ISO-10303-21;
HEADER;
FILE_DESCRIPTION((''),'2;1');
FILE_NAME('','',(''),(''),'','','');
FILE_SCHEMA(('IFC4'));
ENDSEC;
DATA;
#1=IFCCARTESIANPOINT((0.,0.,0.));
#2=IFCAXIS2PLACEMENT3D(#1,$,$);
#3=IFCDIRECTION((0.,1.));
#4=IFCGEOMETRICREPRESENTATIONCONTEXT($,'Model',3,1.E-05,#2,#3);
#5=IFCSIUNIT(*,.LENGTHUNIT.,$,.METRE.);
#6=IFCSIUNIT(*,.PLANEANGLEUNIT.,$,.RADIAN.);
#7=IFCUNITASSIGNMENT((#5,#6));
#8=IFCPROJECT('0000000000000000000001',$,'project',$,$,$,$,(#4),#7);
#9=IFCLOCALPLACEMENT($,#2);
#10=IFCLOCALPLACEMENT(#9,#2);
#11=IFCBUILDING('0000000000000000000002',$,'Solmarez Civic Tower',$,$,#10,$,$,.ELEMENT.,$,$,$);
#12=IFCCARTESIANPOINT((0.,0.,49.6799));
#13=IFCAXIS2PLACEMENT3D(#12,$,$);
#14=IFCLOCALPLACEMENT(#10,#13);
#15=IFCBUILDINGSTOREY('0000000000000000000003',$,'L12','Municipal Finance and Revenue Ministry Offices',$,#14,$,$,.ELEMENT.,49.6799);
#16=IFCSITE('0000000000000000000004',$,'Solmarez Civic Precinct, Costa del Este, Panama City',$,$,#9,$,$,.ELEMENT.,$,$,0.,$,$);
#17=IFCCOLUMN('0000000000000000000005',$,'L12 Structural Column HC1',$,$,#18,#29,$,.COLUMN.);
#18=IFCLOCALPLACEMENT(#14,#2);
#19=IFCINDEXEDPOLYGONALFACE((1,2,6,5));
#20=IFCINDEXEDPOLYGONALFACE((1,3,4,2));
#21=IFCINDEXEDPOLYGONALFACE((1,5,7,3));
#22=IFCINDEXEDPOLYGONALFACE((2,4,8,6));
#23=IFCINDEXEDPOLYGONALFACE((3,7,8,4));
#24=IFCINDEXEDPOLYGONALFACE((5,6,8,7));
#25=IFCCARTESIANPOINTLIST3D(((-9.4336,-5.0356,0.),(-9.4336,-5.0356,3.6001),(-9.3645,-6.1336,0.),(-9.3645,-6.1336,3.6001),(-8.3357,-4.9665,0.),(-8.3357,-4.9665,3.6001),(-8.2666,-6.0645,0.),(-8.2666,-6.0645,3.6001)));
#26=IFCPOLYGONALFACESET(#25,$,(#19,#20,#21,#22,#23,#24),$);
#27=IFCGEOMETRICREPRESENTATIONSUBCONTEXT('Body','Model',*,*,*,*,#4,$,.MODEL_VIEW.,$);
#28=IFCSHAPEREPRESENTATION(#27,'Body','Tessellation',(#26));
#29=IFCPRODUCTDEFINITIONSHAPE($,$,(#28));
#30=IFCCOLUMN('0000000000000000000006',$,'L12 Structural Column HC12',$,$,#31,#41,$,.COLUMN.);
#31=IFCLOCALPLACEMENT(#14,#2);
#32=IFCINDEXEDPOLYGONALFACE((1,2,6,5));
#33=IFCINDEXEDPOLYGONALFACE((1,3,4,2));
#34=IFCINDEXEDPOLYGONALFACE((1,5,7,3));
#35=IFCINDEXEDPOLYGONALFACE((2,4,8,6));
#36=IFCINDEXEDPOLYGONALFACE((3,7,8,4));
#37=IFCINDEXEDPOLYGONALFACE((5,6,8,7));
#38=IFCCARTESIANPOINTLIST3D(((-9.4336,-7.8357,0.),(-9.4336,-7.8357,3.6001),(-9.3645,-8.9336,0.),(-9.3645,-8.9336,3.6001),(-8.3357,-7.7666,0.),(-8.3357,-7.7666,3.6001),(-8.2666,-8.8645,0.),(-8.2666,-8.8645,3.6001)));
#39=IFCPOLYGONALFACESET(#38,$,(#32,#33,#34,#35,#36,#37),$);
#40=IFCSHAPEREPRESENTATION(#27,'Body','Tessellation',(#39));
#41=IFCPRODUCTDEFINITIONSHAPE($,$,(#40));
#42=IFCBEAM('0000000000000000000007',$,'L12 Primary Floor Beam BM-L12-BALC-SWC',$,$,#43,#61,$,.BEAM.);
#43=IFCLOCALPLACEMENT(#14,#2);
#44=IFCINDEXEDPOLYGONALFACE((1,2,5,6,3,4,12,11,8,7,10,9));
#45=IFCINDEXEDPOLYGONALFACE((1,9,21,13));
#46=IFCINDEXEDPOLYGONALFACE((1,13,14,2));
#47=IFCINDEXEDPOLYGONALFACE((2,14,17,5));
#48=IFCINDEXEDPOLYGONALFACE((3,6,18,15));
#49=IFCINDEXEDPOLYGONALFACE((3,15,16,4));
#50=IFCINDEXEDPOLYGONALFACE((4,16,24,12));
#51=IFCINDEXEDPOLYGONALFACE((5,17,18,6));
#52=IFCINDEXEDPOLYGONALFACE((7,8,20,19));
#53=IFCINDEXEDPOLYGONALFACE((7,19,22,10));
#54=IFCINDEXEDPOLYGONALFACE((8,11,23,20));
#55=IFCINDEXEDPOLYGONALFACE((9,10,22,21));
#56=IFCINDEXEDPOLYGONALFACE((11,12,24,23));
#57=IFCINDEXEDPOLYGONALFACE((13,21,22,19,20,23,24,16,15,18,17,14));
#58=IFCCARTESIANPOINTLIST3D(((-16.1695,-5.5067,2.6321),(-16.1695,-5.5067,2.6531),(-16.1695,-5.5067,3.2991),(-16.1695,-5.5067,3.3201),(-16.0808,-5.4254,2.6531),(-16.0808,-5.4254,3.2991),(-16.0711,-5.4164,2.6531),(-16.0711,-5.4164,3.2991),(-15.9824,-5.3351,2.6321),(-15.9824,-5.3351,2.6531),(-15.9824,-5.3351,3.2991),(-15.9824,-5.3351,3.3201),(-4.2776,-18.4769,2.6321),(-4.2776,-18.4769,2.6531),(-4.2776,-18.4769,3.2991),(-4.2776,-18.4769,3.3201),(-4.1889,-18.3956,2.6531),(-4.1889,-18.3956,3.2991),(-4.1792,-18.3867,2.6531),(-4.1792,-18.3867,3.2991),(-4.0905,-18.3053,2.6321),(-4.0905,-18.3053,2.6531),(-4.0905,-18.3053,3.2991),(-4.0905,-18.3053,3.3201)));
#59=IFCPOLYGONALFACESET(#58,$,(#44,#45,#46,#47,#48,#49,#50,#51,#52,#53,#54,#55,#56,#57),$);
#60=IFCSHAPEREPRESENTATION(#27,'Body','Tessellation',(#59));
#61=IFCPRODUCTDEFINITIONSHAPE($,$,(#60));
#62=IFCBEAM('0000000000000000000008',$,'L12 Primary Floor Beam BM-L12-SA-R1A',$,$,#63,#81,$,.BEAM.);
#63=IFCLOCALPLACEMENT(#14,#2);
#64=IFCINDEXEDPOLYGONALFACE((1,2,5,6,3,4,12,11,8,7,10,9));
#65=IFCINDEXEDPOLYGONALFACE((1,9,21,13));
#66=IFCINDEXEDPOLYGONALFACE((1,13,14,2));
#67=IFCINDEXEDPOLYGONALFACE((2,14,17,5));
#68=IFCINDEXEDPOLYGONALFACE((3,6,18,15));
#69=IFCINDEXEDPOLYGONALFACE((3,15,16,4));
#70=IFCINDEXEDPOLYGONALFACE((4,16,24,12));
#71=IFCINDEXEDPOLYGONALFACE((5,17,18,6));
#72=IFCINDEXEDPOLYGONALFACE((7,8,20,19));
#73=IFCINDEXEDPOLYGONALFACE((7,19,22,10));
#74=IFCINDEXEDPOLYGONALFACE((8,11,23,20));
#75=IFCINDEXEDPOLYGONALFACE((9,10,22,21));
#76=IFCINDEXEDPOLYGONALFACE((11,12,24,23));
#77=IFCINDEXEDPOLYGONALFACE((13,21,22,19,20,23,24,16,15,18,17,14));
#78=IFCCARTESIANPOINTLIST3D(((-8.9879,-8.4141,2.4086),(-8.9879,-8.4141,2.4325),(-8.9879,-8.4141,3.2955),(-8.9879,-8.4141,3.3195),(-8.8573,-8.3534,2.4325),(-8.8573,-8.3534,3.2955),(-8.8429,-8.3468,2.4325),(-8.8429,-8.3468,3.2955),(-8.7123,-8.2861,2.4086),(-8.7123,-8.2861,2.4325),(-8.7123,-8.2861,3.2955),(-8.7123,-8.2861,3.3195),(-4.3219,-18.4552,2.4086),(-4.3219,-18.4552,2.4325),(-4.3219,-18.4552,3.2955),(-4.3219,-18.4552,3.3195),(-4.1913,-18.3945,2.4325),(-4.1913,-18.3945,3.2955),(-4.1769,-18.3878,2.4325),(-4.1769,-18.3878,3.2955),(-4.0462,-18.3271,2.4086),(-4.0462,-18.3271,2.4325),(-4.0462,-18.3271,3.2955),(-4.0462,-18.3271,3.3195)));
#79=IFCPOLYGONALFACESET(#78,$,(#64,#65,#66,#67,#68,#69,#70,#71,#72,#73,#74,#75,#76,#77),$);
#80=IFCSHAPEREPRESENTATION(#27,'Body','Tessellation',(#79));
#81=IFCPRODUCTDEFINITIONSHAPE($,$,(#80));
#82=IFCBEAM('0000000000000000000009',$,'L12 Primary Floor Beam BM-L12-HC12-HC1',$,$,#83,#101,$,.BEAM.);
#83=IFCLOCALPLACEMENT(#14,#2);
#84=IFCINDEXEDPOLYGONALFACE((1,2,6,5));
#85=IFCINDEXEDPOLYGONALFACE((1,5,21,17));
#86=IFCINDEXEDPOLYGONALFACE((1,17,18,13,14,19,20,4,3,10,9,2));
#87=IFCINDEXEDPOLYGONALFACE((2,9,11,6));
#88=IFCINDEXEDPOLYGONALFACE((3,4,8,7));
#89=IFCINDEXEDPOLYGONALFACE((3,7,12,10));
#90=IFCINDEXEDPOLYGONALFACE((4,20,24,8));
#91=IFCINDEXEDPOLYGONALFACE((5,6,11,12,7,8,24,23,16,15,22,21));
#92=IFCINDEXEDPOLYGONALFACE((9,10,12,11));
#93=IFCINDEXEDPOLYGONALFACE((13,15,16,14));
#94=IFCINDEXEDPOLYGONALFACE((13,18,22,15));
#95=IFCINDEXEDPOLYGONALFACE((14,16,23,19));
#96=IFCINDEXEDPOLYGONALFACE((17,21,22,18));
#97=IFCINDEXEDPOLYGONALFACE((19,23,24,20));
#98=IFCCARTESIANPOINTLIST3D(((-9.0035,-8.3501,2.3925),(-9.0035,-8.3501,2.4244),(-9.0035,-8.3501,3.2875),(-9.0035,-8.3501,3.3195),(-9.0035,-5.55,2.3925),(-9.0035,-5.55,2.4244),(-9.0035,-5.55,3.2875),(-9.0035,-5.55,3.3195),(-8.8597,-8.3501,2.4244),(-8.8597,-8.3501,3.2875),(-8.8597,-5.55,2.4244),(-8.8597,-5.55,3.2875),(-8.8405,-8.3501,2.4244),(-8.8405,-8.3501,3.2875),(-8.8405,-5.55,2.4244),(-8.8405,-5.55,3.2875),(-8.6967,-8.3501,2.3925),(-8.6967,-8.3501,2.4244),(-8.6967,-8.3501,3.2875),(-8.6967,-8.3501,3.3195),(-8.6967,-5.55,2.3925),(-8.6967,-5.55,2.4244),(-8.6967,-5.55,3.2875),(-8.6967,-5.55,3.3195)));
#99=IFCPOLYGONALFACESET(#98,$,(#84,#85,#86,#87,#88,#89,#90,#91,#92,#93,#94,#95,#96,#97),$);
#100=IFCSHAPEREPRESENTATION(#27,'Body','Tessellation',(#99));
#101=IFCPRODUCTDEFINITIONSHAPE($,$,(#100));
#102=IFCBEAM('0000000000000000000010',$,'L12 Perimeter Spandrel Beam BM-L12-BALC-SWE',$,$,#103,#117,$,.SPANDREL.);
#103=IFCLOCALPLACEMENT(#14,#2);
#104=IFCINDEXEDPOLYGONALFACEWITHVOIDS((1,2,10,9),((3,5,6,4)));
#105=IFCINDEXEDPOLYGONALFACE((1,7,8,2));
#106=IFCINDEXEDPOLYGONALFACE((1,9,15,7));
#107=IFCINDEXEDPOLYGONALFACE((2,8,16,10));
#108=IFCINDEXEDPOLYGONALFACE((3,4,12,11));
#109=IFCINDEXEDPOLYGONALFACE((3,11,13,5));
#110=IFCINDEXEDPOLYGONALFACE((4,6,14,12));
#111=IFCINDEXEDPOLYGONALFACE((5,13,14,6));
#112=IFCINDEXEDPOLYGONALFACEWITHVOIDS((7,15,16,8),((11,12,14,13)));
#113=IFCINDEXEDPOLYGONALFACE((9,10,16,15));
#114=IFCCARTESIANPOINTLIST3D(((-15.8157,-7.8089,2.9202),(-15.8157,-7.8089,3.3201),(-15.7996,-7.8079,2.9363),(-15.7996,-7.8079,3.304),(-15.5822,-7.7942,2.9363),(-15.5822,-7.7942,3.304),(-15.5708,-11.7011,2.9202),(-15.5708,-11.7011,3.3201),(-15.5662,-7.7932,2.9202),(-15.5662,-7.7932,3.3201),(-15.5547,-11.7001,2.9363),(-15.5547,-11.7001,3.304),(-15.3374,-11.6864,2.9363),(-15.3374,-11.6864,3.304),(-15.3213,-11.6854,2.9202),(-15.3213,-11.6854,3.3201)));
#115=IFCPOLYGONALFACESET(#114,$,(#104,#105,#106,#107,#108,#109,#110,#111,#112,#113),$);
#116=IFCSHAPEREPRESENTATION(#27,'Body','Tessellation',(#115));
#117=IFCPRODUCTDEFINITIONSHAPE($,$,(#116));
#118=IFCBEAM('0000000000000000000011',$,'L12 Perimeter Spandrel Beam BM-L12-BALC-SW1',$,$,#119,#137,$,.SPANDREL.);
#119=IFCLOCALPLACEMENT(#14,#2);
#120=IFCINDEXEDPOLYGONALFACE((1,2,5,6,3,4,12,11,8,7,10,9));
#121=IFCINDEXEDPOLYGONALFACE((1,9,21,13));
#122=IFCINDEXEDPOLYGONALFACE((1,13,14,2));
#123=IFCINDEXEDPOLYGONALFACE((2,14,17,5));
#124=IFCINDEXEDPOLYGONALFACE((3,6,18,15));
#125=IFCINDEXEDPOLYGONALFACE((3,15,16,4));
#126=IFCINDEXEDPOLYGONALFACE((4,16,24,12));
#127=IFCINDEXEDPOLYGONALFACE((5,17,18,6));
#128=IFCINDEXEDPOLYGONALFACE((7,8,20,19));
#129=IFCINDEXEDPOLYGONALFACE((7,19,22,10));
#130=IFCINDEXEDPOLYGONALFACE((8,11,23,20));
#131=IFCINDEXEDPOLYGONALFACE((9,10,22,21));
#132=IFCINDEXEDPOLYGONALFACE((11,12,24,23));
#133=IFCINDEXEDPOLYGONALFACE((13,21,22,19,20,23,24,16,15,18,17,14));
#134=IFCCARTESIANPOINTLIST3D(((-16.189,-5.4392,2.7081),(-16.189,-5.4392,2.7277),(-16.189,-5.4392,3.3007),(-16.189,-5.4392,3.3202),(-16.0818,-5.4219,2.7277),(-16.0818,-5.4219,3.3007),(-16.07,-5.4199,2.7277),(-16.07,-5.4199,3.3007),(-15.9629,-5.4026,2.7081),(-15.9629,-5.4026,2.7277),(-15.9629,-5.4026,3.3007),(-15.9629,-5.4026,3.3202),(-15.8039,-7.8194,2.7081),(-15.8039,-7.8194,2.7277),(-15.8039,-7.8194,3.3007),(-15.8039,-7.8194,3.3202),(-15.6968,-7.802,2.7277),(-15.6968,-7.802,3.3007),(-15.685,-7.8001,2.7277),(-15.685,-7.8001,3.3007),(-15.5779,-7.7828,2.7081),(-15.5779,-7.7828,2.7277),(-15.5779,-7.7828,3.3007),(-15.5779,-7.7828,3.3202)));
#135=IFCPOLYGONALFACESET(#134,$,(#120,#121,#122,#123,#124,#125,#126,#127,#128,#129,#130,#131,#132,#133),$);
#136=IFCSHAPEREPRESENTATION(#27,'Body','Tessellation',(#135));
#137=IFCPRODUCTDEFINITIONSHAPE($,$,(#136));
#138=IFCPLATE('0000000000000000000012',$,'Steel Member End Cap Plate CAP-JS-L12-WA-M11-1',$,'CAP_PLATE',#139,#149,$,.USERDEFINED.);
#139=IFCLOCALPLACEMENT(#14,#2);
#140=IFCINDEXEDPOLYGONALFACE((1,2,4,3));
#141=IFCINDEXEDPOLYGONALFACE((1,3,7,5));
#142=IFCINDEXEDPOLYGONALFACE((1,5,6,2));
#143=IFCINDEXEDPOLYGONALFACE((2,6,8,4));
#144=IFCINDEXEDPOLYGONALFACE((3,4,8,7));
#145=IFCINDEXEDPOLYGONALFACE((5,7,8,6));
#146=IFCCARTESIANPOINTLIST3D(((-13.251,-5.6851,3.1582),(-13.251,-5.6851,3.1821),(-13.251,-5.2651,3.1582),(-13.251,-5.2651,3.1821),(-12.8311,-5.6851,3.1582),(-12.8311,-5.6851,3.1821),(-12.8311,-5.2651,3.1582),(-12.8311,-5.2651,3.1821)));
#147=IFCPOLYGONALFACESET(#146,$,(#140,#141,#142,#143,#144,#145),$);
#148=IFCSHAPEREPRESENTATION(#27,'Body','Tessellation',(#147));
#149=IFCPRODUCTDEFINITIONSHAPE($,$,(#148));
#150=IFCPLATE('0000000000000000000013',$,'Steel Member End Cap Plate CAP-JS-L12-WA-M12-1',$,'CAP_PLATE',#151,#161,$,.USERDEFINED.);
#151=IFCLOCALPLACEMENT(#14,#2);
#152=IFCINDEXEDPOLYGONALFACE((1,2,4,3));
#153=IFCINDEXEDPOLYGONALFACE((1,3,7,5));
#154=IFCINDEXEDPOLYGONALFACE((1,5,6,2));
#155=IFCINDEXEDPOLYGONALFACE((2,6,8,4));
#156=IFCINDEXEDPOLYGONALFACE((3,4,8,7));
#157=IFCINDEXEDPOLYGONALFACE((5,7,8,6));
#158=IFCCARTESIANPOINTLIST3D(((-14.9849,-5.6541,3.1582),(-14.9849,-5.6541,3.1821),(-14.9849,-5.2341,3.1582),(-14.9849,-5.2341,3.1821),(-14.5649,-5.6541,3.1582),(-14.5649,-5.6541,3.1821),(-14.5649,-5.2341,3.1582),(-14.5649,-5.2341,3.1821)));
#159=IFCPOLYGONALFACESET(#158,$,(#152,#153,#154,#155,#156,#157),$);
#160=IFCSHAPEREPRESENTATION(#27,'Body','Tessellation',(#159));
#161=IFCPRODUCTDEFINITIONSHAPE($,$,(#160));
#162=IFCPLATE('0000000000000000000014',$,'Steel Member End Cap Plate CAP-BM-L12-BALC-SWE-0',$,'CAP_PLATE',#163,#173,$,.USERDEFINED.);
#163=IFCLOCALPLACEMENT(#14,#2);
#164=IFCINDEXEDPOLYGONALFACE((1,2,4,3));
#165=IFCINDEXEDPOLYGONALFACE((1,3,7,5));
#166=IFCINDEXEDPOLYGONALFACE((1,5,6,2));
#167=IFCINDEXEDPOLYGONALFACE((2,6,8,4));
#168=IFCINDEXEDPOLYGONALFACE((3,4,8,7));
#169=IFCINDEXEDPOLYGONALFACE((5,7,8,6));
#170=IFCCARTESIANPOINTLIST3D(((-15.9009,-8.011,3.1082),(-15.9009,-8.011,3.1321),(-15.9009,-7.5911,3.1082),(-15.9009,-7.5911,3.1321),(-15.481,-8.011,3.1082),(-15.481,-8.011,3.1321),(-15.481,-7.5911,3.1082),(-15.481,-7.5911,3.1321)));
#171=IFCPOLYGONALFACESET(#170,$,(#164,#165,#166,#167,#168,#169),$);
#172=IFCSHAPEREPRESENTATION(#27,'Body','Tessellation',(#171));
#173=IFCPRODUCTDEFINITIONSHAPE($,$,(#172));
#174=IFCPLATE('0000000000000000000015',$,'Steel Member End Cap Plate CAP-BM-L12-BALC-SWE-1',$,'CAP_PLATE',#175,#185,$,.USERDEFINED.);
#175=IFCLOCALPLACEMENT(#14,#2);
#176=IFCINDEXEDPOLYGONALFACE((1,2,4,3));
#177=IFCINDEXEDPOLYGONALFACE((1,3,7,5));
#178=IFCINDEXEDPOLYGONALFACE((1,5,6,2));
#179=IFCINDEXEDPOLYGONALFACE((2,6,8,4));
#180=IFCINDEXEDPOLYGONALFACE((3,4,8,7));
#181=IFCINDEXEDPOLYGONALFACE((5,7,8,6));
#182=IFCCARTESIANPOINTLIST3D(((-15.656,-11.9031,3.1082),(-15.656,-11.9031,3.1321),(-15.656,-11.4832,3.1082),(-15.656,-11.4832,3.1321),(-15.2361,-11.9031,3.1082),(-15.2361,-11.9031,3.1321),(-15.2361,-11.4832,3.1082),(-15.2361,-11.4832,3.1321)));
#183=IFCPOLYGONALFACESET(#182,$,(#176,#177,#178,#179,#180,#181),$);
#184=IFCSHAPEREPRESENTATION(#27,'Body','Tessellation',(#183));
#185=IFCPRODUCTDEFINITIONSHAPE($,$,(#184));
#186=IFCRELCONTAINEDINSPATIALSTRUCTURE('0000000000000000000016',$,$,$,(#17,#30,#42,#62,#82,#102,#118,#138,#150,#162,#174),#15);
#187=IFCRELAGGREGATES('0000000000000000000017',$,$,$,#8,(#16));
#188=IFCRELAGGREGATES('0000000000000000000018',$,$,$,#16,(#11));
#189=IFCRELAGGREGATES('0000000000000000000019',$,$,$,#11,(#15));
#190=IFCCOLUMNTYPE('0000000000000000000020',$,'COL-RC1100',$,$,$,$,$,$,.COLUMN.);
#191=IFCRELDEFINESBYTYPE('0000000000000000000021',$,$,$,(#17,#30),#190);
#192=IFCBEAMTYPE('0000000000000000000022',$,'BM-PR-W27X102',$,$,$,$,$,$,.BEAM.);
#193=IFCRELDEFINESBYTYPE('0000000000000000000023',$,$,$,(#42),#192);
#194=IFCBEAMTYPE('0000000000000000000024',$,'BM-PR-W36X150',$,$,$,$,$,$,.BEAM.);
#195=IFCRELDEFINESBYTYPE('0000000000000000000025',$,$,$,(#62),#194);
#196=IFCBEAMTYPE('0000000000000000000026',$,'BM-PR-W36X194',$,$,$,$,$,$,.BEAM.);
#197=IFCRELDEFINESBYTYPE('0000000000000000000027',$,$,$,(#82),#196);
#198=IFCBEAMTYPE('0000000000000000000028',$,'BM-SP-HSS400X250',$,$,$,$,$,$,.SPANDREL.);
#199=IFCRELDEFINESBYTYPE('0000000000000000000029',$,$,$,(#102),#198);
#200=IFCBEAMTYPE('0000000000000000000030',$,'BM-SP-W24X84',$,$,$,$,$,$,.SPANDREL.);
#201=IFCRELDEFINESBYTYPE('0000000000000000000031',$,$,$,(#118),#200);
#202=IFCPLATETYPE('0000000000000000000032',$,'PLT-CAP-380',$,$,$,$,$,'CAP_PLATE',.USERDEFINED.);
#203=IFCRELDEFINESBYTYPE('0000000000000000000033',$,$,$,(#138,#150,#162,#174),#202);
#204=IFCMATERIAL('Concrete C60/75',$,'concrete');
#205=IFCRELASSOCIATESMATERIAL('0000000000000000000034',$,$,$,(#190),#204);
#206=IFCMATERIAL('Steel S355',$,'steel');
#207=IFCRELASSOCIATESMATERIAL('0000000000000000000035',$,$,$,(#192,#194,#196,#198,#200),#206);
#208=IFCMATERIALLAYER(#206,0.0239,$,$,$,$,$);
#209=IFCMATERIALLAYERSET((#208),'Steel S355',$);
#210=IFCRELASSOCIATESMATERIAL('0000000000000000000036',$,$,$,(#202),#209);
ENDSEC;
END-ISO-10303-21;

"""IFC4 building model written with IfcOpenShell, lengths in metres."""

from ifc_helpers import new_model, si_unit, direction, frame, origin, origin_2d, place, context, subcontext, project, spatial, rectangle, hollow_rectangle, i_section, extrude, material, layer, layer_set, material_profile, profile_set, type_object, element, save


model = new_model("IFC4")

# Units and contexts
model_context = context("Model", 3, precision=1e-05, world=origin(), true_north=direction((0.0, 1.0)))
body_context = subcontext(model_context, "Body", "Model", "MODEL_VIEW")
ifc_project = project(units=[si_unit("LENGTHUNIT", "METRE"), si_unit("PLANEANGLEUNIT", "RADIAN")], contexts=[model_context])

# Site, building, storey
site_placement = place(None, origin())
site = spatial("IfcSite", under=ifc_project, at=site_placement, Name="Solmarez Civic Precinct, Costa del Este, Panama City", CompositionType="ELEMENT", RefElevation=0.0)
building_placement = place(site_placement, origin())
building = spatial("IfcBuilding", under=site, at=building_placement, Name="Solmarez Civic Tower", CompositionType="ELEMENT")
storey_placement = place(building_placement, frame((0.0, 0.0, 49.6799)))
storey = spatial("IfcBuildingStorey", under=building, at=storey_placement, Name="L12", Description="Municipal Finance and Revenue Ministry Offices", CompositionType="ELEMENT", Elevation=49.6799)

# Columns
ifc_material_1 = material(Name="Concrete C60/75", Category="concrete")
ifc_material_profile_1 = material_profile(ifc_material_1, rectangle(XDim=1.1001, YDim=1.1001, at=origin_2d()), Name="RC1100X1100")
ifc_profile_set_1 = profile_set([ifc_material_profile_1], Name="Concrete C60/75")
column_type = type_object("IfcColumnType", Name="COL-RC1100", PredefinedType="COLUMN", material=ifc_profile_set_1)
for number, where, z_axis, x_axis, name in (
    (1, (-8.8501, -5.55, 0.0), (0.0, 0.0, 1.0), (0.998027, 0.062791, 0.0), "L12 Structural Column HC1"),
    (2, (-8.8501, -8.3501, 0.0), (0.0, 0.0, 1.0), (0.998027, 0.062791, 0.0), "L12 Structural Column HC12"),
):
    element("IfcColumn", number, at=place(storey_placement, frame(where, z_axis=z_axis, x_axis=x_axis)), inside=storey, type_object=column_type, Name=name, PredefinedType="COLUMN", context=body_context, shape_type="SweptSolid", body=[
        extrude(rectangle(XDim=1.1001, YDim=1.1001, at=origin_2d()), origin(), (0.0, 0.0, 1.0), 3.6001),
    ])

# Beams
ifc_material_2 = material(Name="Steel S355", Category="steel")
ifc_material_profile_2 = material_profile(ifc_material_2, i_section(OverallWidth=0.2539, OverallDepth=0.688, WebThickness=0.0132, FlangeThickness=0.021, at=origin_2d()), Name="W27X102")
ifc_profile_set_2 = profile_set([ifc_material_profile_2], Name="Steel S355")
beam_type_1 = type_object("IfcBeamType", Name="BM-PR-W27X102", PredefinedType="BEAM", material=ifc_profile_set_2)
beam_1_placement = place(storey_placement, frame((-16.0759, -5.4209, 2.9761), z_axis=(0.675801, -0.737084, 0.0), x_axis=(0.737084, 0.675801, 0.0)))
element("IfcBeam", 3, at=beam_1_placement, inside=storey, type_object=beam_type_1, Name="L12 Primary Floor Beam BM-L12-BALC-SWC", PredefinedType="BEAM", context=body_context, shape_type="SweptSolid", body=[
    extrude(i_section(OverallWidth=0.2539, OverallDepth=0.688, WebThickness=0.0132, FlangeThickness=0.021, at=origin_2d()), origin(), (0.0, 0.0, 1.0), 17.5967),
])
ifc_material_profile_3 = material_profile(ifc_material_2, i_section(OverallWidth=0.304, OverallDepth=0.9109, WebThickness=0.0159, FlangeThickness=0.0239, at=origin_2d()), Name="W36X150")
ifc_profile_set_3 = profile_set([ifc_material_profile_3], Name="Steel S355")
beam_type_2 = type_object("IfcBeamType", Name="BM-PR-W36X150", PredefinedType="BEAM", material=ifc_profile_set_3)
beam_2_placement = place(storey_placement, frame((-8.8501, -8.3501, 2.864), z_axis=(0.421417, -0.906867, 0.0), x_axis=(0.906867, 0.421417, 0.0)))
element("IfcBeam", 4, at=beam_2_placement, inside=storey, type_object=beam_type_2, Name="L12 Primary Floor Beam BM-L12-SA-R1A", PredefinedType="BEAM", context=body_context, shape_type="SweptSolid", body=[
    extrude(i_section(OverallWidth=0.304, OverallDepth=0.9109, WebThickness=0.0159, FlangeThickness=0.0239, at=origin_2d()), origin(), (0.0, 0.0, 1.0), 11.0723),
])
ifc_material_profile_4 = material_profile(ifc_material_2, i_section(OverallWidth=0.3069, OverallDepth=0.927, WebThickness=0.0193, FlangeThickness=0.032, at=origin_2d()), Name="W36X194")
ifc_profile_set_4 = profile_set([ifc_material_profile_4], Name="Steel S355")
beam_type_3 = type_object("IfcBeamType", Name="BM-PR-W36X194", PredefinedType="BEAM", material=ifc_profile_set_4)
beam_3_placement = place(storey_placement, frame((-8.8501, -8.3501, 2.856), z_axis=(0.0, 1.0, 0.0), x_axis=(-1.0, 0.0, 0.0)))
element("IfcBeam", 5, at=beam_3_placement, inside=storey, type_object=beam_type_3, Name="L12 Primary Floor Beam BM-L12-HC12-HC1", PredefinedType="BEAM", context=body_context, shape_type="SweptSolid", body=[
    extrude(i_section(OverallWidth=0.3069, OverallDepth=0.927, WebThickness=0.0193, FlangeThickness=0.032, at=origin_2d()), origin(), (0.0, 0.0, 1.0), 2.8),
])
ifc_material_profile_5 = material_profile(ifc_material_2, hollow_rectangle(XDim=0.25, YDim=0.3999, WallThickness=0.0161, at=origin_2d()), Name="HSS400X250X16")
ifc_profile_set_5 = profile_set([ifc_material_profile_5], Name="Steel S355")
beam_type_4 = type_object("IfcBeamType", Name="BM-SP-HSS400X250", PredefinedType="SPANDREL", material=ifc_profile_set_5)
beam_4_placement = place(storey_placement, frame((-15.6909, -7.801, 3.1201), z_axis=(0.062791, -0.998027, 0.0), x_axis=(0.998027, 0.062791, 0.0)))
element("IfcBeam", 6, at=beam_4_placement, inside=storey, type_object=beam_type_4, Name="L12 Perimeter Spandrel Beam BM-L12-BALC-SWE", PredefinedType="SPANDREL", context=body_context, shape_type="SweptSolid", body=[
    extrude(hollow_rectangle(XDim=0.25, YDim=0.3999, WallThickness=0.0161, at=origin_2d()), origin(), (0.0, 0.0, 1.0), 3.8999),
])
ifc_material_profile_6 = material_profile(ifc_material_2, i_section(OverallWidth=0.229, OverallDepth=0.6121, WebThickness=0.012, FlangeThickness=0.0195, at=origin_2d()), Name="W24X84")
ifc_profile_set_6 = profile_set([ifc_material_profile_6], Name="Steel S355")
beam_type_5 = type_object("IfcBeamType", Name="BM-SP-W24X84", PredefinedType="SPANDREL", material=ifc_profile_set_6)
beam_5_placement = place(storey_placement, frame((-16.0759, -5.4209, 3.0142), z_axis=(0.159684, -0.987168, 0.0), x_axis=(0.987168, 0.159684, 0.0)))
element("IfcBeam", 7, at=beam_5_placement, inside=storey, type_object=beam_type_5, Name="L12 Perimeter Spandrel Beam BM-L12-BALC-SW1", PredefinedType="SPANDREL", context=body_context, shape_type="SweptSolid", body=[
    extrude(i_section(OverallWidth=0.229, OverallDepth=0.6121, WebThickness=0.012, FlangeThickness=0.0195, at=origin_2d()), origin(), (0.0, 0.0, 1.0), 2.4111),
])

# Plates
ifc_layer_1 = layer(ifc_material_2, 0.0239)
ifc_layer_set_1 = layer_set([ifc_layer_1], Name="Steel S355")
plate_type = type_object("IfcPlateType", Name="PLT-CAP-380", ElementType="CAP_PLATE", PredefinedType="USERDEFINED", material=ifc_layer_set_1)
for number, where, z_axis, x_axis, name in (
    (8, (-13.041, -5.4751, 3.1582), (0.0, 0.0, 1.0), (1.0, 0.0, 0.0), "Steel Member End Cap Plate CAP-JS-L12-WA-M11-1"),
    (9, (-14.7749, -5.4441, 3.1582), (0.0, 0.0, 1.0), (1.0, 0.0, 0.0), "Steel Member End Cap Plate CAP-JS-L12-WA-M12-1"),
    (10, (-15.6909, -7.801, 3.1082), (0.0, 0.0, 1.0), (1.0, 0.0, 0.0), "Steel Member End Cap Plate CAP-BM-L12-BALC-SWE-0"),
    (11, (-15.446, -11.6931, 3.1082), (0.0, 0.0, 1.0), (1.0, 0.0, 0.0), "Steel Member End Cap Plate CAP-BM-L12-BALC-SWE-1"),
):
    element("IfcPlate", number, at=place(storey_placement, frame(where, z_axis=z_axis, x_axis=x_axis)), inside=storey, type_object=plate_type, Name=name, ObjectType="CAP_PLATE", PredefinedType="USERDEFINED", context=body_context, shape_type="SweptSolid", body=[
        extrude(rectangle(XDim=0.4199, YDim=0.4199, at=origin_2d()), origin(), (0.0, 0.0, 1.0), 0.0239),
    ])

save(model, "model.ifc")
